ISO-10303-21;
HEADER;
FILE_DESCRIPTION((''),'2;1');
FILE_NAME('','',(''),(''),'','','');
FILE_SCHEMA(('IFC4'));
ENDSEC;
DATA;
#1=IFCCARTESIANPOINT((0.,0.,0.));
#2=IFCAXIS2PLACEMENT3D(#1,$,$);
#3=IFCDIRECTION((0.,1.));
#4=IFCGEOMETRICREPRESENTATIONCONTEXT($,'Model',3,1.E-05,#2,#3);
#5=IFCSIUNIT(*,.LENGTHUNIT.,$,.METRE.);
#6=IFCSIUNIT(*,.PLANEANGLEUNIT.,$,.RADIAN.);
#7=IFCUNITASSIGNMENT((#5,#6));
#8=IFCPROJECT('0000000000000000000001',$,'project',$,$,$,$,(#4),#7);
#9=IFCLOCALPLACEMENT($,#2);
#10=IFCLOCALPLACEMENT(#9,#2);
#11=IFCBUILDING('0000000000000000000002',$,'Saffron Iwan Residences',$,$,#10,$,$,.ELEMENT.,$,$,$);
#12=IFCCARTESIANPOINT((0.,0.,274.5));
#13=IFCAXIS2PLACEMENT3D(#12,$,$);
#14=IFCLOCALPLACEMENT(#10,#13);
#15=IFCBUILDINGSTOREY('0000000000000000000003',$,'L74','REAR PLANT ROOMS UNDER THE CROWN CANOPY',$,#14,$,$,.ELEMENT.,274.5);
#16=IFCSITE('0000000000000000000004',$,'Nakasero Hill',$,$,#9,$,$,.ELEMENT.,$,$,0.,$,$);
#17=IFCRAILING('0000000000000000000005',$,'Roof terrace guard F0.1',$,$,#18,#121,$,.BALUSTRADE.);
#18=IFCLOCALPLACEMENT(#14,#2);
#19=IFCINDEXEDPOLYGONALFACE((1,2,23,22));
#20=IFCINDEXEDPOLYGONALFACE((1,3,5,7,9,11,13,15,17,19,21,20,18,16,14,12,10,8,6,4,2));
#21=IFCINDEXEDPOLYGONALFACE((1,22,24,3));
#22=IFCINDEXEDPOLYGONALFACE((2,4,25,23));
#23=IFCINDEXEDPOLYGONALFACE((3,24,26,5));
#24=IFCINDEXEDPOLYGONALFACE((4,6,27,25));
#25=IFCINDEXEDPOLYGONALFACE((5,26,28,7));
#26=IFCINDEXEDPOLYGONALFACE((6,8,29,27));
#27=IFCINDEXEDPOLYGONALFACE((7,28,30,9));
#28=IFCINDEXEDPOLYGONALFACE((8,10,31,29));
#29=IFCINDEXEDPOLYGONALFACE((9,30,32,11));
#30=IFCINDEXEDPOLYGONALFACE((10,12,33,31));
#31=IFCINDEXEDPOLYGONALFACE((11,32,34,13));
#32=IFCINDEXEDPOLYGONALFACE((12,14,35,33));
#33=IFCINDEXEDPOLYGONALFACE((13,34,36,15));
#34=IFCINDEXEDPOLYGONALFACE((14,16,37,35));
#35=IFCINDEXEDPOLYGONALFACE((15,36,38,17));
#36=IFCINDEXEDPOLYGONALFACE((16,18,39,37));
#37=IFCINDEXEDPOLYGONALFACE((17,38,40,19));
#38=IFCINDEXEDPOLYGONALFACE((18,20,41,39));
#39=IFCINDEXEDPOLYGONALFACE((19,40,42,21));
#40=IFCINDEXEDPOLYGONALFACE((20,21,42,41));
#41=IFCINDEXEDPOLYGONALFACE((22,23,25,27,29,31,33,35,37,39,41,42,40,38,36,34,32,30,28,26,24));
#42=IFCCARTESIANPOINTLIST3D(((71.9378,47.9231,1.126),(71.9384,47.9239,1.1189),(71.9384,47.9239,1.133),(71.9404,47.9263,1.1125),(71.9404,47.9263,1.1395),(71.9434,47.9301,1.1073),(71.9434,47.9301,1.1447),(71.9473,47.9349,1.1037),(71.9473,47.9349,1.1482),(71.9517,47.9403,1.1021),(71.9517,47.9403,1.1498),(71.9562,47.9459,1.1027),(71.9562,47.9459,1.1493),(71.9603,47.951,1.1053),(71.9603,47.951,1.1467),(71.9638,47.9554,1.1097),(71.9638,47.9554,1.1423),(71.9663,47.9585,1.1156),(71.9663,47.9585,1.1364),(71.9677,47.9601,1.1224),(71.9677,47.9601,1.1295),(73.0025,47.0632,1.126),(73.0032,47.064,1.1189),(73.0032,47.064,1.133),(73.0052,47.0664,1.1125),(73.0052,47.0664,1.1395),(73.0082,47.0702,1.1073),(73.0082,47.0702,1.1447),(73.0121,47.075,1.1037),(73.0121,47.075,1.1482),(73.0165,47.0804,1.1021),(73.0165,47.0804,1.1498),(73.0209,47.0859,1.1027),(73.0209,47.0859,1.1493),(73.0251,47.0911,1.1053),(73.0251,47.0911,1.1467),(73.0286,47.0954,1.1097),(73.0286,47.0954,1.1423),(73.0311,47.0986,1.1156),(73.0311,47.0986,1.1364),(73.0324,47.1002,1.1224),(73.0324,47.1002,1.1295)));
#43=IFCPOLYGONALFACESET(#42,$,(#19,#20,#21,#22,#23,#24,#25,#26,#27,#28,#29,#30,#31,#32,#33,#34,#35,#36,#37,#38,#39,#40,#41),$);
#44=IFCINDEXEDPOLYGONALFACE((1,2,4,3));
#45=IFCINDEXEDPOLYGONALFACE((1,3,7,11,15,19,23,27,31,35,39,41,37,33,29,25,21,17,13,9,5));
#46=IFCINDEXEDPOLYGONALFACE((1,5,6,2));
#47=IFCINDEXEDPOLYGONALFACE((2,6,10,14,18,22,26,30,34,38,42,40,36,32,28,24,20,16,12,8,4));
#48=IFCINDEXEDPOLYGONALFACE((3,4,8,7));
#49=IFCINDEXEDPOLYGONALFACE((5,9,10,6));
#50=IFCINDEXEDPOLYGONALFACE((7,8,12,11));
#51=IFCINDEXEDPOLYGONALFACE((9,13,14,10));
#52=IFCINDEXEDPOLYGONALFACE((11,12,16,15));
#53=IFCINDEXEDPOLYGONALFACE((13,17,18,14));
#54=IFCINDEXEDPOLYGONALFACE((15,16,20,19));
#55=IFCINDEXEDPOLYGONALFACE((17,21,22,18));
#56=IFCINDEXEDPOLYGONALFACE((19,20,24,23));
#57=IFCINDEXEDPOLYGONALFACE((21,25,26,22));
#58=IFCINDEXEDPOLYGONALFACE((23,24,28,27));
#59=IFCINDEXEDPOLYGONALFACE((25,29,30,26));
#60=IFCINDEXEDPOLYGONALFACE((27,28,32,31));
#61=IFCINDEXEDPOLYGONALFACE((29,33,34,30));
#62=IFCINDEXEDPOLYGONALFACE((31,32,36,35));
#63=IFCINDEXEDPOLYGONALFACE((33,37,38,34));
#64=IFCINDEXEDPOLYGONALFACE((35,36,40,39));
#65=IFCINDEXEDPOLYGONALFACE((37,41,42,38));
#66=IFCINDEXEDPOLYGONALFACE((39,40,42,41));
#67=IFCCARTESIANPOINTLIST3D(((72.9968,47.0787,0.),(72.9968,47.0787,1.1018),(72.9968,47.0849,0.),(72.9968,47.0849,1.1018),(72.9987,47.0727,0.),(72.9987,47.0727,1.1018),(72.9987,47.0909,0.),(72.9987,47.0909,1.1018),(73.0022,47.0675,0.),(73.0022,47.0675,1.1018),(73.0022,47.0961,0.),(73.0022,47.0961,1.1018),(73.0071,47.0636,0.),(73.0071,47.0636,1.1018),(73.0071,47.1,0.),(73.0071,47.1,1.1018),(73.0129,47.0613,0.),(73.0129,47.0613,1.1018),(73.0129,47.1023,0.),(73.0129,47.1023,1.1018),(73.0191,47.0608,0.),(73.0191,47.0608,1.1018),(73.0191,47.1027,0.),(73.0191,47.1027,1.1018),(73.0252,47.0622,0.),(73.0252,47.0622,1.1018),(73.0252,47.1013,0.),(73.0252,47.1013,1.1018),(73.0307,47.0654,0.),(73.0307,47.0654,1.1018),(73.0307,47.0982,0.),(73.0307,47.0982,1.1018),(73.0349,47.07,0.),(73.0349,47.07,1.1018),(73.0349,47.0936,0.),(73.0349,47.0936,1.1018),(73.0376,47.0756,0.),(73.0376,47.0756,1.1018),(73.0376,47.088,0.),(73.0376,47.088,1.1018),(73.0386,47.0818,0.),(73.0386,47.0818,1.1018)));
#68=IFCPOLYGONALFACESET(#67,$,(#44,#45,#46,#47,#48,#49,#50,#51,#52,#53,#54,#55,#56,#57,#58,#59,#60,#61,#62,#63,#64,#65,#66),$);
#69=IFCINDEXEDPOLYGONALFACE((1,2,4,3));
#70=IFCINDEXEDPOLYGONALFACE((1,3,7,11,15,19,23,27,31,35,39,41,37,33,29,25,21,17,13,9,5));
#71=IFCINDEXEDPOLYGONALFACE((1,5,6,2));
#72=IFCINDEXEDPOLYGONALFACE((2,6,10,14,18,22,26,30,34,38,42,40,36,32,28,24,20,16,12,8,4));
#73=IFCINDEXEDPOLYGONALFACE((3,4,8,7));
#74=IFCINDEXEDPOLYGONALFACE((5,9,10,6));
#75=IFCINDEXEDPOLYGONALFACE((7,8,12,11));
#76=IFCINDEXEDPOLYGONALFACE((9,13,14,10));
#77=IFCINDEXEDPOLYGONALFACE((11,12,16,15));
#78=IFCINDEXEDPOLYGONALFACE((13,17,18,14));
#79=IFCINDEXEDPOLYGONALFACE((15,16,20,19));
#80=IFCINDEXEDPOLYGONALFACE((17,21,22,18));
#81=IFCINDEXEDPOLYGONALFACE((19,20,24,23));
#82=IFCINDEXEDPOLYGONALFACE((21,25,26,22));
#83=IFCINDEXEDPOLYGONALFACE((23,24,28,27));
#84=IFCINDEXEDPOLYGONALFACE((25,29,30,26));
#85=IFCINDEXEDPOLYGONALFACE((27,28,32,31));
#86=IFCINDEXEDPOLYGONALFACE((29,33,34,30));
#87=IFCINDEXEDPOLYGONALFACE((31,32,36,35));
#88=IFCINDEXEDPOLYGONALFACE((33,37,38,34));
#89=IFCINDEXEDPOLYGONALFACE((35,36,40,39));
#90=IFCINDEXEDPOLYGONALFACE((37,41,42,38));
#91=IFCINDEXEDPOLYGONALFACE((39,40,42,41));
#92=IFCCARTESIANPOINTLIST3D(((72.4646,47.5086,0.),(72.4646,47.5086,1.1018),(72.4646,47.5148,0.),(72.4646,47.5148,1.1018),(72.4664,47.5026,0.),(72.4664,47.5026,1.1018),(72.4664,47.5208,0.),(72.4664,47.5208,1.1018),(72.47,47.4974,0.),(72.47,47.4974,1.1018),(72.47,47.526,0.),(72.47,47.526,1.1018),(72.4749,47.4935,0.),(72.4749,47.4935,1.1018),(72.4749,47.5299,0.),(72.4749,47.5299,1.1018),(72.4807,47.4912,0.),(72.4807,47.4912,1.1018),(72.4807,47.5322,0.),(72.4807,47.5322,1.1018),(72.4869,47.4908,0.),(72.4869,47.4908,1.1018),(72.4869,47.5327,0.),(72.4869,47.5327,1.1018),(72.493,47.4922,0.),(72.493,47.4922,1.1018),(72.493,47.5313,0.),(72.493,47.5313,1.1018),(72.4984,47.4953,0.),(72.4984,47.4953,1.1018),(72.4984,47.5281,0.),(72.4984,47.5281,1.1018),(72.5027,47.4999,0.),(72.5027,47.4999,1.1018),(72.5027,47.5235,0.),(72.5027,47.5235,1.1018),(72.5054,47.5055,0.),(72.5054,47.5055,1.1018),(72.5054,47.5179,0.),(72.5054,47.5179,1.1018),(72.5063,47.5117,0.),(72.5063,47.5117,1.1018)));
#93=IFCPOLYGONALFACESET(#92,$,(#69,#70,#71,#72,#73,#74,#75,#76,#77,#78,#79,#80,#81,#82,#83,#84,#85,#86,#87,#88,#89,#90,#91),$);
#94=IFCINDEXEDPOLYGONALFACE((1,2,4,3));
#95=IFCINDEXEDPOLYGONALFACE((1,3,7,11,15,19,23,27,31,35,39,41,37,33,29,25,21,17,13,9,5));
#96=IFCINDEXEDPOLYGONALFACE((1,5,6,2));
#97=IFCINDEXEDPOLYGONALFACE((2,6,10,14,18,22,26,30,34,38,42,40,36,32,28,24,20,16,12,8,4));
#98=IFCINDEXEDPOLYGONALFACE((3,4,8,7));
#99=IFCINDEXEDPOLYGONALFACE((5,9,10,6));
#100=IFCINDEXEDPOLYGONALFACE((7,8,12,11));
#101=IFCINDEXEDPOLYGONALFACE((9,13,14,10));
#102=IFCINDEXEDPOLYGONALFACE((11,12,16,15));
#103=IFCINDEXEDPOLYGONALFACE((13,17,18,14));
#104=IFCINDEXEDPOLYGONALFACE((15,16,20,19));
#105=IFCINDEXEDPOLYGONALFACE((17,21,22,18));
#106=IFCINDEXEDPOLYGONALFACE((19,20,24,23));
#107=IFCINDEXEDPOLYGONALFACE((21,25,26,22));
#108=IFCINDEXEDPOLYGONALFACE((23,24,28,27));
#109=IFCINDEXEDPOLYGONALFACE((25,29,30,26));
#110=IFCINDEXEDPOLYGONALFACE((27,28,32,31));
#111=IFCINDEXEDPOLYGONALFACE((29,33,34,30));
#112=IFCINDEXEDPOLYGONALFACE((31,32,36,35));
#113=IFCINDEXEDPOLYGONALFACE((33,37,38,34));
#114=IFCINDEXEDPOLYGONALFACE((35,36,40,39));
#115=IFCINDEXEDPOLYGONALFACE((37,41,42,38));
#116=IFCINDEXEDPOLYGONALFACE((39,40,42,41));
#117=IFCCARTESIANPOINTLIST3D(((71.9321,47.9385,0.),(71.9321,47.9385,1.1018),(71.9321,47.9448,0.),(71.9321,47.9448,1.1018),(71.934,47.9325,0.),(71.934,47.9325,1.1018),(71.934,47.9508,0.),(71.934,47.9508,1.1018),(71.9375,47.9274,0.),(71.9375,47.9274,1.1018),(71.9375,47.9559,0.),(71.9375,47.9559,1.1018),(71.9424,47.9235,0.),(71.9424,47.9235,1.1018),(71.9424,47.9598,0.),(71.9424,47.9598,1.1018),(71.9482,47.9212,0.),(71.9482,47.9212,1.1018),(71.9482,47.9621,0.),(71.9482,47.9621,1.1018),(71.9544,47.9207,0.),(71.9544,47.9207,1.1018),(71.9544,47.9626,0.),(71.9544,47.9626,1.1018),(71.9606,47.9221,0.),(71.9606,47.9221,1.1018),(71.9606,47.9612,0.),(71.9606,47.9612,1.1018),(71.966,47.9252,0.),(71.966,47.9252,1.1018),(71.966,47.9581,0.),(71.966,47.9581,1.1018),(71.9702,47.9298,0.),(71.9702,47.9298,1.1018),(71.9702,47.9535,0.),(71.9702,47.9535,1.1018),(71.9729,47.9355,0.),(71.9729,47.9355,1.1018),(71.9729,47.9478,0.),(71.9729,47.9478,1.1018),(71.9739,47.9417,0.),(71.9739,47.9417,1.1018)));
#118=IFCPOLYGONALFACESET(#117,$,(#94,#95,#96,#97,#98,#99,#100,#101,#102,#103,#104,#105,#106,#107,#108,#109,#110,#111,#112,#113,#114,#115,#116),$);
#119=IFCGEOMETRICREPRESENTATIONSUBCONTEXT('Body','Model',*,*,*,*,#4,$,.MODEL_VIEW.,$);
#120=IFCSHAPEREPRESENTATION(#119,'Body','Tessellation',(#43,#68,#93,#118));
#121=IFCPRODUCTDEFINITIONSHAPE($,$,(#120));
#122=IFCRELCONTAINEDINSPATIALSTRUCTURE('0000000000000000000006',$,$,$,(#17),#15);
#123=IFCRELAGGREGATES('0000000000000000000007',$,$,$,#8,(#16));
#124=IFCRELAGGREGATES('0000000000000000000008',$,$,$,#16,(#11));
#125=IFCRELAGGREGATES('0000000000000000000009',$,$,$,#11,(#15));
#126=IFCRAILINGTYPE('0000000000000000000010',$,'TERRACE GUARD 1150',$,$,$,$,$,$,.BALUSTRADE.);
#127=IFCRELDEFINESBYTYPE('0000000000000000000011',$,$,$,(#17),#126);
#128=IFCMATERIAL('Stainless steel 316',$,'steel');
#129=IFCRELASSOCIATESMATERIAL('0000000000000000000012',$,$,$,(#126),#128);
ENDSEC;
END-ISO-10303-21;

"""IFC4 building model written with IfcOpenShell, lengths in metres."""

from ifc_helpers import new_model, si_unit, direction, frame, origin, origin_2d, place, context, subcontext, project, spatial, circle, extrude, material, type_object, element, save


model = new_model("IFC4")

# Units and contexts
model_context = context("Model", 3, precision=1e-05, world=origin(), true_north=direction((0.0, 1.0)))
body_context = subcontext(model_context, "Body", "Model", "MODEL_VIEW")
ifc_project = project(units=[si_unit("LENGTHUNIT", "METRE"), si_unit("PLANEANGLEUNIT", "RADIAN")], contexts=[model_context])

# Site, building, storey
site_placement = place(None, origin())
site = spatial("IfcSite", under=ifc_project, at=site_placement, Name="Nakasero Hill", CompositionType="ELEMENT", RefElevation=0.0)
building_placement = place(site_placement, origin())
building = spatial("IfcBuilding", under=site, at=building_placement, Name="Saffron Iwan Residences", CompositionType="ELEMENT")
storey_placement = place(building_placement, frame((0.0, 0.0, 274.5)))
storey = spatial("IfcBuildingStorey", under=building, at=storey_placement, Name="L74", Description="REAR PLANT ROOMS UNDER THE CROWN CANOPY", CompositionType="ELEMENT", Elevation=274.5)

# Railing
ifc_material_1 = material(Name="Stainless steel 316", Category="steel")
railing_type = type_object("IfcRailingType", Name="TERRACE GUARD 1150", PredefinedType="BALUSTRADE", material=ifc_material_1)
railing_placement = place(storey_placement, frame((73.0176, 47.0818, 0.0)))
element("IfcRailing", 1, at=railing_placement, inside=storey, type_object=railing_type, Name="Roof terrace guard F0.1", PredefinedType="BALUSTRADE", context=body_context, shape_type="SweptSolid", body=[
    extrude(circle(Radius=0.0239, at=origin_2d()), frame((0.0, 0.0, 1.126), z_axis=(-0.777971, 0.6283, 0.0), x_axis=(-0.6283, -0.777971, 0.0)), (0.0, 0.0, 1.0), 1.3687),
    extrude(circle(Radius=0.021, at=origin_2d()), origin(), (0.0, 0.0, 1.0), 1.1018),
    extrude(circle(Radius=0.021, at=origin_2d()), frame((-0.5322, 0.4299, 0.0)), (0.0, 0.0, 1.0), 1.1018),
    extrude(circle(Radius=0.021, at=origin_2d()), frame((-1.0647, 0.8599, 0.0)), (0.0, 0.0, 1.0), 1.1018),
])

save(model, "model.ifc")
